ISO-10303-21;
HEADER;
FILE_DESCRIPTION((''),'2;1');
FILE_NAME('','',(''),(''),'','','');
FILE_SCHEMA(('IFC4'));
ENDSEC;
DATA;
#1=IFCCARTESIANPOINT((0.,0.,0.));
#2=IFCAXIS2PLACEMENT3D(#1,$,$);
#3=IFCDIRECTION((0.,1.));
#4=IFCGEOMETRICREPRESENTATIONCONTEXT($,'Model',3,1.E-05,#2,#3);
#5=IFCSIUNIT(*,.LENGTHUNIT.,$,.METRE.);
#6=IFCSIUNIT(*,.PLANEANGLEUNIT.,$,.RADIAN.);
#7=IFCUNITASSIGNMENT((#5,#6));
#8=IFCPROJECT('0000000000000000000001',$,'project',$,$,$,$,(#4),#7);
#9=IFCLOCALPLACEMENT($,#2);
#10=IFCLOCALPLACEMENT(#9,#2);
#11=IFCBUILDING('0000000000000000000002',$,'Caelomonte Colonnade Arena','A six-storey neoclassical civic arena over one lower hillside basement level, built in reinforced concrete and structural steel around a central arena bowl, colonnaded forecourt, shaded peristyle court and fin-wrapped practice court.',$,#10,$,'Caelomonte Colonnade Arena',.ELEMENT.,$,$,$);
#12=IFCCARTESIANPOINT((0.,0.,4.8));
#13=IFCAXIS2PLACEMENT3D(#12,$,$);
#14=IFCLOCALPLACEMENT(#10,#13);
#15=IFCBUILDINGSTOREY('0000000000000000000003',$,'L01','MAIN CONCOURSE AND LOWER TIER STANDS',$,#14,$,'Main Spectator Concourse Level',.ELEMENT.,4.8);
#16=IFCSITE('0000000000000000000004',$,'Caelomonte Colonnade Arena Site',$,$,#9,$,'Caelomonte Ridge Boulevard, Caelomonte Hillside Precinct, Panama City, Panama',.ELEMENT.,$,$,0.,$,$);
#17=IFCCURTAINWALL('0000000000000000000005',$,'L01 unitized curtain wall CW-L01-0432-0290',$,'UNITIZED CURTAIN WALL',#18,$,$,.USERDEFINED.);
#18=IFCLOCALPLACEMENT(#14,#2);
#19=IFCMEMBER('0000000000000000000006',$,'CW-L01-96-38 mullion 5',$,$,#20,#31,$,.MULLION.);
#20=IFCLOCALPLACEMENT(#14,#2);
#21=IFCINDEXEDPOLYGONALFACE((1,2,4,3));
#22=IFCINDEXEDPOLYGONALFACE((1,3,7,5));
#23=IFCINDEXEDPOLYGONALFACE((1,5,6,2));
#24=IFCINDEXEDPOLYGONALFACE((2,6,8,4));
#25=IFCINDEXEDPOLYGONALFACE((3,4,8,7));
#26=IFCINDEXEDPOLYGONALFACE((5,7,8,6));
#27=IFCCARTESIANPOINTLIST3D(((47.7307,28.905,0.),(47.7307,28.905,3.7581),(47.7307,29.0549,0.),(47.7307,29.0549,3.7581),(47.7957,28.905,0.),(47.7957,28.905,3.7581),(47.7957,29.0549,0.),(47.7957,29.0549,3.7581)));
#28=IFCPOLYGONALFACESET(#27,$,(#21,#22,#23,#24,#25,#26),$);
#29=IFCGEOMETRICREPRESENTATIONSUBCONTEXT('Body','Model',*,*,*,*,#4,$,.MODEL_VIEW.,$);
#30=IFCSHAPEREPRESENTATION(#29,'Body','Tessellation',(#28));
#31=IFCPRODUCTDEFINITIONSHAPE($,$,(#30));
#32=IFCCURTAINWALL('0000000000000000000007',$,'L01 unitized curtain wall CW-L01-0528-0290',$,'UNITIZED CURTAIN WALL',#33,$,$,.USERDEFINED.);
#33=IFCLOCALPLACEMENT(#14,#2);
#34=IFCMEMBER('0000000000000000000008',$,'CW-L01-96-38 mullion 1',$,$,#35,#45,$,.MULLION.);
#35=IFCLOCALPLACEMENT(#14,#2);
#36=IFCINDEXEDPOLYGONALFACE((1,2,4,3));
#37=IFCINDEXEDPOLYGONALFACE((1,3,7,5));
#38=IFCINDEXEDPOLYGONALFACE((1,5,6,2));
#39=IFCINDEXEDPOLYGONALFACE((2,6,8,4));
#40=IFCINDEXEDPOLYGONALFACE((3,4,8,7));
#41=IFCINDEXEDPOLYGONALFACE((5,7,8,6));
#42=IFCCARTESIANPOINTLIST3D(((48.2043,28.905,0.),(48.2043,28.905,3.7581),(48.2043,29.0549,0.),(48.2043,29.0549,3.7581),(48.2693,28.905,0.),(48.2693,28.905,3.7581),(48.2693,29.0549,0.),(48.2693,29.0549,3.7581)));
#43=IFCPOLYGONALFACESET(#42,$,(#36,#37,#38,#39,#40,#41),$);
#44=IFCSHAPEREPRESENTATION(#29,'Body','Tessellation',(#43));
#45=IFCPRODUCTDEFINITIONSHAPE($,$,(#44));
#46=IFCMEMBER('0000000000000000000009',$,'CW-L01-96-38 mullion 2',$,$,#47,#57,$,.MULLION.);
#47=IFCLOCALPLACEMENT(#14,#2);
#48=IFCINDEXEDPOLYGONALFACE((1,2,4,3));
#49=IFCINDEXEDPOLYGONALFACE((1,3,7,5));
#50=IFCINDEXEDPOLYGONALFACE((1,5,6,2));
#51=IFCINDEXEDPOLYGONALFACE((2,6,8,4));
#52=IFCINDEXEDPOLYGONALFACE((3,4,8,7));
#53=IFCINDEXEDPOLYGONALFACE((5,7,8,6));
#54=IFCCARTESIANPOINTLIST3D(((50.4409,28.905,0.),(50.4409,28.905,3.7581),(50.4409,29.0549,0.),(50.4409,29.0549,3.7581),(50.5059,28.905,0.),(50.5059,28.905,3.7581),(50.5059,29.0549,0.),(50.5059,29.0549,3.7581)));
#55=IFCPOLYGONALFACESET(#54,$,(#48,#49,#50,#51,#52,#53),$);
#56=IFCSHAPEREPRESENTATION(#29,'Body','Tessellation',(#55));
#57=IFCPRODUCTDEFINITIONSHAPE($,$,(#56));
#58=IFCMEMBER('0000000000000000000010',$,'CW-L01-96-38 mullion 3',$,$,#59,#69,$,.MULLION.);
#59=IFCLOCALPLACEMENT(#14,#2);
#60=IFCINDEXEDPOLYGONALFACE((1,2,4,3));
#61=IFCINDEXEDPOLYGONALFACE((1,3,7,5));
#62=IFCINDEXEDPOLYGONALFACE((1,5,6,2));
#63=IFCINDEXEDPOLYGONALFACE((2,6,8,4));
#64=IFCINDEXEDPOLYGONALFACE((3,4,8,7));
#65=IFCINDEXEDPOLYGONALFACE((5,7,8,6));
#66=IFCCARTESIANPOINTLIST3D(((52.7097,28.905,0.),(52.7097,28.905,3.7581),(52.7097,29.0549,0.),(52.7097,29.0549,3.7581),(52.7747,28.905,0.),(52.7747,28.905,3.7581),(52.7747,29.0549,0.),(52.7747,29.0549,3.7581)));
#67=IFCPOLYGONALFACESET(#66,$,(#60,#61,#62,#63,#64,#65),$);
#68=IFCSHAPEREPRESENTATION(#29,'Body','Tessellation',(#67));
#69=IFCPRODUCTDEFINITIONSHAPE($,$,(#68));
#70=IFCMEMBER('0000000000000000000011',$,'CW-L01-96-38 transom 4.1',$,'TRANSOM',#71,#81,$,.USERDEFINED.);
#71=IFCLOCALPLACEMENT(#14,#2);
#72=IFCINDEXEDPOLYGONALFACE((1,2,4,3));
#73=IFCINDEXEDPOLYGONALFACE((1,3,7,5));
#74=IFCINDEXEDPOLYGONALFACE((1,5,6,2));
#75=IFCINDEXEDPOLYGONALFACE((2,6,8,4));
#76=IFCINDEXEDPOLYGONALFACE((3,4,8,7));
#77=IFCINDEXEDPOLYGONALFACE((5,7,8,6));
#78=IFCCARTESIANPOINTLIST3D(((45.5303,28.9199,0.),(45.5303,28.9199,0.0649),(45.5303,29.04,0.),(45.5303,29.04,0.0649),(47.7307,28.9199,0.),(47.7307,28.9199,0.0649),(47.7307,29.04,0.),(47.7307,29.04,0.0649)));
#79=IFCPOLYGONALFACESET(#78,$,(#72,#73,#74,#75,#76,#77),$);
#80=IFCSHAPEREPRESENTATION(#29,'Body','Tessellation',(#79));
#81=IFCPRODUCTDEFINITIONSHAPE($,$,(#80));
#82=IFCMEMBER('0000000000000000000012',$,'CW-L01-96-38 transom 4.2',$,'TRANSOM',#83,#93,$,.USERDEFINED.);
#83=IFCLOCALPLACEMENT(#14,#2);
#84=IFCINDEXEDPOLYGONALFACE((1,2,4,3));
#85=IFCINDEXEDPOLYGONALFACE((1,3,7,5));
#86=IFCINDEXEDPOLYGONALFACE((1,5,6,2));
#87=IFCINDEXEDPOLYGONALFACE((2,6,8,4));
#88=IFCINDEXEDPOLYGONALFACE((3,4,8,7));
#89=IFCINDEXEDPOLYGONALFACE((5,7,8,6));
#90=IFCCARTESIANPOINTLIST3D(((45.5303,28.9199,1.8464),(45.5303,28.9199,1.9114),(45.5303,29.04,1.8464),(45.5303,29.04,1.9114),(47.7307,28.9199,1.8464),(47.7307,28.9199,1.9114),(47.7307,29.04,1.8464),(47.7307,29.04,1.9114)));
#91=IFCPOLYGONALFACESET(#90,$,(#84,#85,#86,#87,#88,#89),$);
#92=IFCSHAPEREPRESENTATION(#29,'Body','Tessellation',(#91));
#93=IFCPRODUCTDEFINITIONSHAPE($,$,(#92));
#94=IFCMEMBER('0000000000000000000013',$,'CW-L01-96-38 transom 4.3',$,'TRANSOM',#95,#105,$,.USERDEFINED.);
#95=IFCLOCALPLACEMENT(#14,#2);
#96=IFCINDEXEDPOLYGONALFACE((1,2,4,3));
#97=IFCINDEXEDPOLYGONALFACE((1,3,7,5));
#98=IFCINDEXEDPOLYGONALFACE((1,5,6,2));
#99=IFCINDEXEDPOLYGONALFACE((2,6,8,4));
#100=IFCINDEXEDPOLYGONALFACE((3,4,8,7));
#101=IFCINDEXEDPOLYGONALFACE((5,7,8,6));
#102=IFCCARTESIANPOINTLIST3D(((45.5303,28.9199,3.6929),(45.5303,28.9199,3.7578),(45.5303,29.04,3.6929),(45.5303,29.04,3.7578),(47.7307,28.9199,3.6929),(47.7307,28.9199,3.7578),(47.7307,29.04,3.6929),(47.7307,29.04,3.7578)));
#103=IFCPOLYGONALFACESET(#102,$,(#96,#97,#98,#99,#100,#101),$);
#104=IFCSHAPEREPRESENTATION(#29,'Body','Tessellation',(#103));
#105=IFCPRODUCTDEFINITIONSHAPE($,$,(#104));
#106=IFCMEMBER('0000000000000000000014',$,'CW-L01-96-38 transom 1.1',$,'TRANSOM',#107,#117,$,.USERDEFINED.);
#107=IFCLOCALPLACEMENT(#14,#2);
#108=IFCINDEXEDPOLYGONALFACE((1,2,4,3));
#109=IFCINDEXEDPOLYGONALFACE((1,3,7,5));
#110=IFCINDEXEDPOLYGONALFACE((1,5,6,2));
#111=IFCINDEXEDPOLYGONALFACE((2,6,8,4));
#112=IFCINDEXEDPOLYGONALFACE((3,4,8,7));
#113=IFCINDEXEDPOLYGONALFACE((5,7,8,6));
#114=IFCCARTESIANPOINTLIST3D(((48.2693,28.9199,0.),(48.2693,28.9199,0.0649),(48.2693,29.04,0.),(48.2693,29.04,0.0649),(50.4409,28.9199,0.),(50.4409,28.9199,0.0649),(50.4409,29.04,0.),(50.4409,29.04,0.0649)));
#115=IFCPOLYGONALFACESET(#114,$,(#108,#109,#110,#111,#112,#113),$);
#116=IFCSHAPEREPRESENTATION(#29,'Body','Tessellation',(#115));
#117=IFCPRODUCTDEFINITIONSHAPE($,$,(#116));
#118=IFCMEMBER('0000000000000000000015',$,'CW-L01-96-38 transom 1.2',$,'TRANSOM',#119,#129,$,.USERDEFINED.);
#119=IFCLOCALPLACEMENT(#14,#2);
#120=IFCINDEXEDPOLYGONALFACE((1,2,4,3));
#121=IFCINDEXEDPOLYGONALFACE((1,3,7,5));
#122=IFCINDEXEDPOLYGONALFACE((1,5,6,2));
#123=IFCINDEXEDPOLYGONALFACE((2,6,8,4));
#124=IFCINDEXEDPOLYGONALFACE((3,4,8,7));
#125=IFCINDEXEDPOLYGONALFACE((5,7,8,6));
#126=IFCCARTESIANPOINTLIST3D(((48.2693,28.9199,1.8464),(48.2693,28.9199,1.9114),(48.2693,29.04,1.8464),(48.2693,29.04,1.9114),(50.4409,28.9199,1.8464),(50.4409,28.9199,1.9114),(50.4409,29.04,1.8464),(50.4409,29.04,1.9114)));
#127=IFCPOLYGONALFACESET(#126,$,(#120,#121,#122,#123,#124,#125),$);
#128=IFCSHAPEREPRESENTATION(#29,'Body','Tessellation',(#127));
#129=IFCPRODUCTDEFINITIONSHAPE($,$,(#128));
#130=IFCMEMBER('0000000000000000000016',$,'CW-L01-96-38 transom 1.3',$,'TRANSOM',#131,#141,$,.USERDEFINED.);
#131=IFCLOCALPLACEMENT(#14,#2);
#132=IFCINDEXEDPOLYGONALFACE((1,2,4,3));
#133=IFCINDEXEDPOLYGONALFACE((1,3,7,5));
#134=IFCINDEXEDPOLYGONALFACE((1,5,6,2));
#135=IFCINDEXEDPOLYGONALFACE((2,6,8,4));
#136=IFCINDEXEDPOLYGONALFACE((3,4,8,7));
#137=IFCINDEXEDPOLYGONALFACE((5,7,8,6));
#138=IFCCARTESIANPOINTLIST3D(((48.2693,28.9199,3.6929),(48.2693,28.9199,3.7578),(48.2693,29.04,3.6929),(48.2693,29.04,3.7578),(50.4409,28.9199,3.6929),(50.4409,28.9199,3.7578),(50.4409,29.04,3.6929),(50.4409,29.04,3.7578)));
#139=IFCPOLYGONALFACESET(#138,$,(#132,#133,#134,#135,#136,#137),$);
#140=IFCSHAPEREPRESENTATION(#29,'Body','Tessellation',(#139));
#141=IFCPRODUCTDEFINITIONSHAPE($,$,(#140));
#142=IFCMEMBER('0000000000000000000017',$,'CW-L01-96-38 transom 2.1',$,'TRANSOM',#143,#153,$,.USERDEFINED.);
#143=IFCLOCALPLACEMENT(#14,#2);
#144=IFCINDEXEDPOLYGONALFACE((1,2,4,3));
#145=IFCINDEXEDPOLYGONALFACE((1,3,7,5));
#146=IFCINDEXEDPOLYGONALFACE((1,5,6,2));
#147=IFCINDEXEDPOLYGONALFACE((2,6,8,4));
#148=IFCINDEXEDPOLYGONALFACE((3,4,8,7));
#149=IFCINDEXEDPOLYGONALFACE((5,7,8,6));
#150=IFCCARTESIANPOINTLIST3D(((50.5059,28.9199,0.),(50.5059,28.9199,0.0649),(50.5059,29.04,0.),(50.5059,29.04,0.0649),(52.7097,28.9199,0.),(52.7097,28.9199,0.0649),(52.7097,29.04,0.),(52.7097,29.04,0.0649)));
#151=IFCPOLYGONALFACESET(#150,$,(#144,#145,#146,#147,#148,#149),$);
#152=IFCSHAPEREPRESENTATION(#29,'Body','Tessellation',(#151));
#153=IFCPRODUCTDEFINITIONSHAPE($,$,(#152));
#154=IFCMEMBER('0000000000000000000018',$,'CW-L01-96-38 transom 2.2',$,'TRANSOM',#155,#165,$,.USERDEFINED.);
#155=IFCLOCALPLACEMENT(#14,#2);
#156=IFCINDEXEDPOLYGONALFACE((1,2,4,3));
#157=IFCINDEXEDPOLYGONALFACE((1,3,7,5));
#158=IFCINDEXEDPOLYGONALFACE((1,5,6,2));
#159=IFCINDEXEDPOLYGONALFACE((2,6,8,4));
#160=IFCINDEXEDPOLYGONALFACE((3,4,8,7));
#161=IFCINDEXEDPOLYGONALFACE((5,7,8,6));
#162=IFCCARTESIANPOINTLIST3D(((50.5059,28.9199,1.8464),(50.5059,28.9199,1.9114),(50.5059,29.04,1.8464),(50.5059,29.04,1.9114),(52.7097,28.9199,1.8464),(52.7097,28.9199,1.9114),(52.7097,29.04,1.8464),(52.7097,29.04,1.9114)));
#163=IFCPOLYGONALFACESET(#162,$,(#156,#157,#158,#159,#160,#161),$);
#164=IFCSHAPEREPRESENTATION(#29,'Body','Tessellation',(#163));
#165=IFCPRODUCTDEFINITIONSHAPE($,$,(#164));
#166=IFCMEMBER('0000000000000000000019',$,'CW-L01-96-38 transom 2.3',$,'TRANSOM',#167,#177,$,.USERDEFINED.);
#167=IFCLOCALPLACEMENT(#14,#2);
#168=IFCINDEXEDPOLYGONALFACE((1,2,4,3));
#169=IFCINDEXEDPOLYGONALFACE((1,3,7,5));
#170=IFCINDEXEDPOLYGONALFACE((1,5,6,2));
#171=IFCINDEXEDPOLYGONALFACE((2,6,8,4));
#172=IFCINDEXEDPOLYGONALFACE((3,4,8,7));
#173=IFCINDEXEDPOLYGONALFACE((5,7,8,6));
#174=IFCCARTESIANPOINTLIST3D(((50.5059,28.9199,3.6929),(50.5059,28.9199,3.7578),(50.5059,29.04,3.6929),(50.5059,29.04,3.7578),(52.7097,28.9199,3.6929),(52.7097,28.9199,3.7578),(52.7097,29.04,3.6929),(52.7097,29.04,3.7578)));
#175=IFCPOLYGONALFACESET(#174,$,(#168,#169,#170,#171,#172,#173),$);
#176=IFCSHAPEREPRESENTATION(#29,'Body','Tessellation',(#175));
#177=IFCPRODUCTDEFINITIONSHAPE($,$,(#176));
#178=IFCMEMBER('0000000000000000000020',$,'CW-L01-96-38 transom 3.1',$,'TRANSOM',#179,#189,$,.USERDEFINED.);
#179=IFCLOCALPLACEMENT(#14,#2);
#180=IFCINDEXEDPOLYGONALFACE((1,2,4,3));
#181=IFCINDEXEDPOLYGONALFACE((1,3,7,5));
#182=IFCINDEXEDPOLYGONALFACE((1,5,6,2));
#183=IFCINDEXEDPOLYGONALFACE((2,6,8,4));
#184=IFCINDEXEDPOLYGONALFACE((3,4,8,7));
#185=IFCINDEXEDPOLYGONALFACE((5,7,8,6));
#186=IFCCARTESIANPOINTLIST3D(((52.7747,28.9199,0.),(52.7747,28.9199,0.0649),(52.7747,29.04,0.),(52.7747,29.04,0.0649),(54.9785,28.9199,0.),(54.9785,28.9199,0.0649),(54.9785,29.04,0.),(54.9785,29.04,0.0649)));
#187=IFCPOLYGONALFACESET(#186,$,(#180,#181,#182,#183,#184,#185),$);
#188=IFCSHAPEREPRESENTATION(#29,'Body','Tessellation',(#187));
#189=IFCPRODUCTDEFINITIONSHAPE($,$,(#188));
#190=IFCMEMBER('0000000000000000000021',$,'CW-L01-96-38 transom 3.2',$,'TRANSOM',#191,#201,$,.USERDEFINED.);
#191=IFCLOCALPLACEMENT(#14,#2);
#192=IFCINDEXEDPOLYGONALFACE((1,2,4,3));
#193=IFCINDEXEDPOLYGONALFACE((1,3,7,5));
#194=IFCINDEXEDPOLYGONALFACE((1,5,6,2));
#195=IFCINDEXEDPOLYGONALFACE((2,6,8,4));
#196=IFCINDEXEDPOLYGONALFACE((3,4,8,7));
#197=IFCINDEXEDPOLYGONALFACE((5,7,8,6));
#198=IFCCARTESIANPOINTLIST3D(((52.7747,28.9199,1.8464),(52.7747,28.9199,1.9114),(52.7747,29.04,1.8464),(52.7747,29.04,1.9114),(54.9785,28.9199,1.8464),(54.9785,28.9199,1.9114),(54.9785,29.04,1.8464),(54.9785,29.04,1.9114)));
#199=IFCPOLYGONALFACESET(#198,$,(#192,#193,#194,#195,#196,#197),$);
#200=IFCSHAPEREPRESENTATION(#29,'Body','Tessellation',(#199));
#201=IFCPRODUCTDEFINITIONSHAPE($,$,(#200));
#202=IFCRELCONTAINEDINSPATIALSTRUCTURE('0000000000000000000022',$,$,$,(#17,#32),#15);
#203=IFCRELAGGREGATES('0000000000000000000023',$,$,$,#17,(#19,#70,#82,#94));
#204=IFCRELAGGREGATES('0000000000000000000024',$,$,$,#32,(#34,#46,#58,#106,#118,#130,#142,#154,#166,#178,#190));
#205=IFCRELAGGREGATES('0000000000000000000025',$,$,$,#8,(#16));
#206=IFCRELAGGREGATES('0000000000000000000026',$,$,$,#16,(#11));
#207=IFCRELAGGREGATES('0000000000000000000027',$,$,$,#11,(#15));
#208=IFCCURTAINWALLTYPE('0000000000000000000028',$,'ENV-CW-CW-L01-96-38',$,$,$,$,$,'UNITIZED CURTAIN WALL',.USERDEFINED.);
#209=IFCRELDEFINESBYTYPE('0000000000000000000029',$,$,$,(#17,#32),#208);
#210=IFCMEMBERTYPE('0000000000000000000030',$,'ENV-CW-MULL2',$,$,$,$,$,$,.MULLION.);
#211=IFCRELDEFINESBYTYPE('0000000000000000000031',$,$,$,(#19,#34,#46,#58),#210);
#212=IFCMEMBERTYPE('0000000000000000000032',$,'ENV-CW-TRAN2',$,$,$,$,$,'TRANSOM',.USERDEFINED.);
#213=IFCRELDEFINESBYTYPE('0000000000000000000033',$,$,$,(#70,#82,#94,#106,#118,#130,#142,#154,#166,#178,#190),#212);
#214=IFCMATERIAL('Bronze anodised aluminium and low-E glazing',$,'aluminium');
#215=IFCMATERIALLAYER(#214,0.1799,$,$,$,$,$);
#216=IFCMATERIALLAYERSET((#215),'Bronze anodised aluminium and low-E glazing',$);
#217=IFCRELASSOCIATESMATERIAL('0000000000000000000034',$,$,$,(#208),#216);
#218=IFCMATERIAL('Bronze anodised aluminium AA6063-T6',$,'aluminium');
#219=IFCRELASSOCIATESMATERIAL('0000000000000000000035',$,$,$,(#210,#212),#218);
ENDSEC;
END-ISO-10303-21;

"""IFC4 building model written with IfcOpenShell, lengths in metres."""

from ifc_helpers import new_model, si_unit, direction, frame, origin, origin_2d, place, context, subcontext, project, spatial, rectangle, extrude, material, layer, layer_set, material_profile, profile_set, type_object, element, aggregate, save


model = new_model("IFC4")

# Units and contexts
model_context = context("Model", 3, precision=1e-05, world=origin(), true_north=direction((0.0, 1.0)))
body_context = subcontext(model_context, "Body", "Model", "MODEL_VIEW")
ifc_project = project(units=[si_unit("LENGTHUNIT", "METRE"), si_unit("PLANEANGLEUNIT", "RADIAN")], contexts=[model_context])

# Site, building, storey
site_placement = place(None, origin())
site = spatial("IfcSite", under=ifc_project, at=site_placement, Name="Caelomonte Colonnade Arena Site", LongName="Caelomonte Ridge Boulevard, Caelomonte Hillside Precinct, Panama City, Panama", CompositionType="ELEMENT", RefElevation=0.0)
building_placement = place(site_placement, origin())
building = spatial("IfcBuilding", under=site, at=building_placement, Name="Caelomonte Colonnade Arena", Description="A six-storey neoclassical civic arena over one lower hillside basement level, built in reinforced concrete and structural steel around a central arena bowl, colonnaded forecourt, shaded peristyle court and fin-wrapped practice court.", LongName="Caelomonte Colonnade Arena", CompositionType="ELEMENT")
storey_placement = place(building_placement, frame((0.0, 0.0, 4.8)))
storey = spatial("IfcBuildingStorey", under=building, at=storey_placement, Name="L01", Description="MAIN CONCOURSE AND LOWER TIER STANDS", LongName="Main Spectator Concourse Level", CompositionType="ELEMENT", Elevation=4.8)

# Curtain wall, member
ifc_material_1 = material(Name="Bronze anodised aluminium and low-E glazing", Category="aluminium")
ifc_layer_1 = layer(ifc_material_1, 0.1799)
ifc_layer_set_1 = layer_set([ifc_layer_1], Name="Bronze anodised aluminium and low-E glazing")
curtain_wall_type = type_object("IfcCurtainWallType", Name="ENV-CW-CW-L01-96-38", ElementType="UNITIZED CURTAIN WALL", PredefinedType="USERDEFINED", material=ifc_layer_set_1)
curtain_wall_1_placement = place(storey_placement, origin())
curtain_wall_1 = element("IfcCurtainWall", 1, at=curtain_wall_1_placement, inside=storey, type_object=curtain_wall_type, Name="L01 unitized curtain wall CW-L01-0432-0290", ObjectType="UNITIZED CURTAIN WALL", PredefinedType="USERDEFINED")
ifc_material_2 = material(Name="Bronze anodised aluminium AA6063-T6", Category="aluminium")
ifc_material_profile_1 = material_profile(ifc_material_2, rectangle(XDim=0.0649, YDim=0.1499, at=origin_2d()), Name="CWM-65X150")
ifc_profile_set_1 = profile_set([ifc_material_profile_1], Name="Bronze anodised aluminium AA6063-T6")
member_type_1 = type_object("IfcMemberType", Name="ENV-CW-MULL2", PredefinedType="MULLION", material=ifc_profile_set_1)
member_1_placement = place(storey_placement, frame((47.7632, 28.98, 0.0), z_axis=(0.0, 0.0, 1.0), x_axis=(1.0, 0.0, 0.0)))
member_1 = element("IfcMember", 2, at=member_1_placement, type_object=member_type_1, Name="CW-L01-96-38 mullion 5", PredefinedType="MULLION", context=body_context, shape_type="SweptSolid", body=[
    extrude(rectangle(XDim=0.0649, YDim=0.1499, at=origin_2d()), origin(), (0.0, 0.0, 1.0), 3.7581),
])

# Curtain wall, members
curtain_wall_2_placement = place(storey_placement, origin())
curtain_wall_2 = element("IfcCurtainWall", 3, at=curtain_wall_2_placement, inside=storey, type_object=curtain_wall_type, Name="L01 unitized curtain wall CW-L01-0528-0290", ObjectType="UNITIZED CURTAIN WALL", PredefinedType="USERDEFINED")
member_2_placement = place(storey_placement, frame((48.2368, 28.98, 0.0), z_axis=(0.0, 0.0, 1.0), x_axis=(1.0, 0.0, 0.0)))
member_2 = element("IfcMember", 4, at=member_2_placement, type_object=member_type_1, Name="CW-L01-96-38 mullion 1", PredefinedType="MULLION", context=body_context, shape_type="SweptSolid", body=[
    extrude(rectangle(XDim=0.0649, YDim=0.1499, at=origin_2d()), origin(), (0.0, 0.0, 1.0), 3.7581),
])
member_3_placement = place(storey_placement, frame((50.4734, 28.98, 0.0), z_axis=(0.0, 0.0, 1.0), x_axis=(1.0, 0.0, 0.0)))
member_3 = element("IfcMember", 5, at=member_3_placement, type_object=member_type_1, Name="CW-L01-96-38 mullion 2", PredefinedType="MULLION", context=body_context, shape_type="SweptSolid", body=[
    extrude(rectangle(XDim=0.0649, YDim=0.1499, at=origin_2d()), origin(), (0.0, 0.0, 1.0), 3.7581),
])
member_4_placement = place(storey_placement, frame((52.7422, 28.98, 0.0), z_axis=(0.0, 0.0, 1.0), x_axis=(1.0, 0.0, 0.0)))
member_4 = element("IfcMember", 6, at=member_4_placement, type_object=member_type_1, Name="CW-L01-96-38 mullion 3", PredefinedType="MULLION", context=body_context, shape_type="SweptSolid", body=[
    extrude(rectangle(XDim=0.0649, YDim=0.1499, at=origin_2d()), origin(), (0.0, 0.0, 1.0), 3.7581),
])

# Members
ifc_material_profile_2 = material_profile(ifc_material_2, rectangle(XDim=0.0649, YDim=0.1201, at=origin_2d()), Name="CWT-65X120")
ifc_profile_set_2 = profile_set([ifc_material_profile_2], Name="Bronze anodised aluminium AA6063-T6")
member_type_2 = type_object("IfcMemberType", Name="ENV-CW-TRAN2", ElementType="TRANSOM", PredefinedType="USERDEFINED", material=ifc_profile_set_2)
member_5_placement = place(storey_placement, frame((45.5303, 28.98, 0.0325), z_axis=(1.0, 0.0, 0.0), x_axis=(0.0, 0.0, 1.0)))
member_5 = element("IfcMember", 7, at=member_5_placement, type_object=member_type_2, Name="CW-L01-96-38 transom 4.1", ObjectType="TRANSOM", PredefinedType="USERDEFINED", context=body_context, shape_type="SweptSolid", body=[
    extrude(rectangle(XDim=0.0649, YDim=0.1201, at=origin_2d()), origin(), (0.0, 0.0, 1.0), 2.2004),
])
member_6_placement = place(storey_placement, frame((45.5303, 28.98, 1.8789), z_axis=(1.0, 0.0, 0.0), x_axis=(0.0, 0.0, 1.0)))
member_6 = element("IfcMember", 8, at=member_6_placement, type_object=member_type_2, Name="CW-L01-96-38 transom 4.2", ObjectType="TRANSOM", PredefinedType="USERDEFINED", context=body_context, shape_type="SweptSolid", body=[
    extrude(rectangle(XDim=0.0649, YDim=0.1201, at=origin_2d()), origin(), (0.0, 0.0, 1.0), 2.2004),
])
member_7_placement = place(storey_placement, frame((45.5303, 28.98, 3.7253), z_axis=(1.0, 0.0, 0.0), x_axis=(0.0, 0.0, 1.0)))
member_7 = element("IfcMember", 9, at=member_7_placement, type_object=member_type_2, Name="CW-L01-96-38 transom 4.3", ObjectType="TRANSOM", PredefinedType="USERDEFINED", context=body_context, shape_type="SweptSolid", body=[
    extrude(rectangle(XDim=0.0649, YDim=0.1201, at=origin_2d()), origin(), (0.0, 0.0, 1.0), 2.2004),
])
member_8_placement = place(storey_placement, frame((48.2693, 28.98, 0.0325), z_axis=(1.0, 0.0, 0.0), x_axis=(0.0, 0.0, 1.0)))
member_8 = element("IfcMember", 10, at=member_8_placement, type_object=member_type_2, Name="CW-L01-96-38 transom 1.1", ObjectType="TRANSOM", PredefinedType="USERDEFINED", context=body_context, shape_type="SweptSolid", body=[
    extrude(rectangle(XDim=0.0649, YDim=0.1201, at=origin_2d()), origin(), (0.0, 0.0, 1.0), 2.1716),
])
member_9_placement = place(storey_placement, frame((48.2693, 28.98, 1.8789), z_axis=(1.0, 0.0, 0.0), x_axis=(0.0, 0.0, 1.0)))
member_9 = element("IfcMember", 11, at=member_9_placement, type_object=member_type_2, Name="CW-L01-96-38 transom 1.2", ObjectType="TRANSOM", PredefinedType="USERDEFINED", context=body_context, shape_type="SweptSolid", body=[
    extrude(rectangle(XDim=0.0649, YDim=0.1201, at=origin_2d()), origin(), (0.0, 0.0, 1.0), 2.1716),
])
member_10_placement = place(storey_placement, frame((48.2693, 28.98, 3.7253), z_axis=(1.0, 0.0, 0.0), x_axis=(0.0, 0.0, 1.0)))
member_10 = element("IfcMember", 12, at=member_10_placement, type_object=member_type_2, Name="CW-L01-96-38 transom 1.3", ObjectType="TRANSOM", PredefinedType="USERDEFINED", context=body_context, shape_type="SweptSolid", body=[
    extrude(rectangle(XDim=0.0649, YDim=0.1201, at=origin_2d()), origin(), (0.0, 0.0, 1.0), 2.1716),
])
member_11_placement = place(storey_placement, frame((50.5059, 28.98, 0.0325), z_axis=(1.0, 0.0, 0.0), x_axis=(0.0, 0.0, 1.0)))
member_11 = element("IfcMember", 13, at=member_11_placement, type_object=member_type_2, Name="CW-L01-96-38 transom 2.1", ObjectType="TRANSOM", PredefinedType="USERDEFINED", context=body_context, shape_type="SweptSolid", body=[
    extrude(rectangle(XDim=0.0649, YDim=0.1201, at=origin_2d()), origin(), (0.0, 0.0, 1.0), 2.2039),
])
member_12_placement = place(storey_placement, frame((50.5059, 28.98, 1.8789), z_axis=(1.0, 0.0, 0.0), x_axis=(0.0, 0.0, 1.0)))
member_12 = element("IfcMember", 14, at=member_12_placement, type_object=member_type_2, Name="CW-L01-96-38 transom 2.2", ObjectType="TRANSOM", PredefinedType="USERDEFINED", context=body_context, shape_type="SweptSolid", body=[
    extrude(rectangle(XDim=0.0649, YDim=0.1201, at=origin_2d()), origin(), (0.0, 0.0, 1.0), 2.2039),
])
member_13_placement = place(storey_placement, frame((50.5059, 28.98, 3.7253), z_axis=(1.0, 0.0, 0.0), x_axis=(0.0, 0.0, 1.0)))
member_13 = element("IfcMember", 15, at=member_13_placement, type_object=member_type_2, Name="CW-L01-96-38 transom 2.3", ObjectType="TRANSOM", PredefinedType="USERDEFINED", context=body_context, shape_type="SweptSolid", body=[
    extrude(rectangle(XDim=0.0649, YDim=0.1201, at=origin_2d()), origin(), (0.0, 0.0, 1.0), 2.2039),
])
member_14_placement = place(storey_placement, frame((52.7747, 28.98, 0.0325), z_axis=(1.0, 0.0, 0.0), x_axis=(0.0, 0.0, 1.0)))
member_14 = element("IfcMember", 16, at=member_14_placement, type_object=member_type_2, Name="CW-L01-96-38 transom 3.1", ObjectType="TRANSOM", PredefinedType="USERDEFINED", context=body_context, shape_type="SweptSolid", body=[
    extrude(rectangle(XDim=0.0649, YDim=0.1201, at=origin_2d()), origin(), (0.0, 0.0, 1.0), 2.2039),
])
member_15_placement = place(storey_placement, frame((52.7747, 28.98, 1.8789), z_axis=(1.0, 0.0, 0.0), x_axis=(0.0, 0.0, 1.0)))
member_15 = element("IfcMember", 17, at=member_15_placement, type_object=member_type_2, Name="CW-L01-96-38 transom 3.2", ObjectType="TRANSOM", PredefinedType="USERDEFINED", context=body_context, shape_type="SweptSolid", body=[
    extrude(rectangle(XDim=0.0649, YDim=0.1201, at=origin_2d()), origin(), (0.0, 0.0, 1.0), 2.2039),
])

aggregate(curtain_wall_1, [member_1, member_5, member_6, member_7])
aggregate(curtain_wall_2, [member_2, member_3, member_4, member_8, member_9, member_10, member_11, member_12, member_13, member_14, member_15])

save(model, "model.ifc")
